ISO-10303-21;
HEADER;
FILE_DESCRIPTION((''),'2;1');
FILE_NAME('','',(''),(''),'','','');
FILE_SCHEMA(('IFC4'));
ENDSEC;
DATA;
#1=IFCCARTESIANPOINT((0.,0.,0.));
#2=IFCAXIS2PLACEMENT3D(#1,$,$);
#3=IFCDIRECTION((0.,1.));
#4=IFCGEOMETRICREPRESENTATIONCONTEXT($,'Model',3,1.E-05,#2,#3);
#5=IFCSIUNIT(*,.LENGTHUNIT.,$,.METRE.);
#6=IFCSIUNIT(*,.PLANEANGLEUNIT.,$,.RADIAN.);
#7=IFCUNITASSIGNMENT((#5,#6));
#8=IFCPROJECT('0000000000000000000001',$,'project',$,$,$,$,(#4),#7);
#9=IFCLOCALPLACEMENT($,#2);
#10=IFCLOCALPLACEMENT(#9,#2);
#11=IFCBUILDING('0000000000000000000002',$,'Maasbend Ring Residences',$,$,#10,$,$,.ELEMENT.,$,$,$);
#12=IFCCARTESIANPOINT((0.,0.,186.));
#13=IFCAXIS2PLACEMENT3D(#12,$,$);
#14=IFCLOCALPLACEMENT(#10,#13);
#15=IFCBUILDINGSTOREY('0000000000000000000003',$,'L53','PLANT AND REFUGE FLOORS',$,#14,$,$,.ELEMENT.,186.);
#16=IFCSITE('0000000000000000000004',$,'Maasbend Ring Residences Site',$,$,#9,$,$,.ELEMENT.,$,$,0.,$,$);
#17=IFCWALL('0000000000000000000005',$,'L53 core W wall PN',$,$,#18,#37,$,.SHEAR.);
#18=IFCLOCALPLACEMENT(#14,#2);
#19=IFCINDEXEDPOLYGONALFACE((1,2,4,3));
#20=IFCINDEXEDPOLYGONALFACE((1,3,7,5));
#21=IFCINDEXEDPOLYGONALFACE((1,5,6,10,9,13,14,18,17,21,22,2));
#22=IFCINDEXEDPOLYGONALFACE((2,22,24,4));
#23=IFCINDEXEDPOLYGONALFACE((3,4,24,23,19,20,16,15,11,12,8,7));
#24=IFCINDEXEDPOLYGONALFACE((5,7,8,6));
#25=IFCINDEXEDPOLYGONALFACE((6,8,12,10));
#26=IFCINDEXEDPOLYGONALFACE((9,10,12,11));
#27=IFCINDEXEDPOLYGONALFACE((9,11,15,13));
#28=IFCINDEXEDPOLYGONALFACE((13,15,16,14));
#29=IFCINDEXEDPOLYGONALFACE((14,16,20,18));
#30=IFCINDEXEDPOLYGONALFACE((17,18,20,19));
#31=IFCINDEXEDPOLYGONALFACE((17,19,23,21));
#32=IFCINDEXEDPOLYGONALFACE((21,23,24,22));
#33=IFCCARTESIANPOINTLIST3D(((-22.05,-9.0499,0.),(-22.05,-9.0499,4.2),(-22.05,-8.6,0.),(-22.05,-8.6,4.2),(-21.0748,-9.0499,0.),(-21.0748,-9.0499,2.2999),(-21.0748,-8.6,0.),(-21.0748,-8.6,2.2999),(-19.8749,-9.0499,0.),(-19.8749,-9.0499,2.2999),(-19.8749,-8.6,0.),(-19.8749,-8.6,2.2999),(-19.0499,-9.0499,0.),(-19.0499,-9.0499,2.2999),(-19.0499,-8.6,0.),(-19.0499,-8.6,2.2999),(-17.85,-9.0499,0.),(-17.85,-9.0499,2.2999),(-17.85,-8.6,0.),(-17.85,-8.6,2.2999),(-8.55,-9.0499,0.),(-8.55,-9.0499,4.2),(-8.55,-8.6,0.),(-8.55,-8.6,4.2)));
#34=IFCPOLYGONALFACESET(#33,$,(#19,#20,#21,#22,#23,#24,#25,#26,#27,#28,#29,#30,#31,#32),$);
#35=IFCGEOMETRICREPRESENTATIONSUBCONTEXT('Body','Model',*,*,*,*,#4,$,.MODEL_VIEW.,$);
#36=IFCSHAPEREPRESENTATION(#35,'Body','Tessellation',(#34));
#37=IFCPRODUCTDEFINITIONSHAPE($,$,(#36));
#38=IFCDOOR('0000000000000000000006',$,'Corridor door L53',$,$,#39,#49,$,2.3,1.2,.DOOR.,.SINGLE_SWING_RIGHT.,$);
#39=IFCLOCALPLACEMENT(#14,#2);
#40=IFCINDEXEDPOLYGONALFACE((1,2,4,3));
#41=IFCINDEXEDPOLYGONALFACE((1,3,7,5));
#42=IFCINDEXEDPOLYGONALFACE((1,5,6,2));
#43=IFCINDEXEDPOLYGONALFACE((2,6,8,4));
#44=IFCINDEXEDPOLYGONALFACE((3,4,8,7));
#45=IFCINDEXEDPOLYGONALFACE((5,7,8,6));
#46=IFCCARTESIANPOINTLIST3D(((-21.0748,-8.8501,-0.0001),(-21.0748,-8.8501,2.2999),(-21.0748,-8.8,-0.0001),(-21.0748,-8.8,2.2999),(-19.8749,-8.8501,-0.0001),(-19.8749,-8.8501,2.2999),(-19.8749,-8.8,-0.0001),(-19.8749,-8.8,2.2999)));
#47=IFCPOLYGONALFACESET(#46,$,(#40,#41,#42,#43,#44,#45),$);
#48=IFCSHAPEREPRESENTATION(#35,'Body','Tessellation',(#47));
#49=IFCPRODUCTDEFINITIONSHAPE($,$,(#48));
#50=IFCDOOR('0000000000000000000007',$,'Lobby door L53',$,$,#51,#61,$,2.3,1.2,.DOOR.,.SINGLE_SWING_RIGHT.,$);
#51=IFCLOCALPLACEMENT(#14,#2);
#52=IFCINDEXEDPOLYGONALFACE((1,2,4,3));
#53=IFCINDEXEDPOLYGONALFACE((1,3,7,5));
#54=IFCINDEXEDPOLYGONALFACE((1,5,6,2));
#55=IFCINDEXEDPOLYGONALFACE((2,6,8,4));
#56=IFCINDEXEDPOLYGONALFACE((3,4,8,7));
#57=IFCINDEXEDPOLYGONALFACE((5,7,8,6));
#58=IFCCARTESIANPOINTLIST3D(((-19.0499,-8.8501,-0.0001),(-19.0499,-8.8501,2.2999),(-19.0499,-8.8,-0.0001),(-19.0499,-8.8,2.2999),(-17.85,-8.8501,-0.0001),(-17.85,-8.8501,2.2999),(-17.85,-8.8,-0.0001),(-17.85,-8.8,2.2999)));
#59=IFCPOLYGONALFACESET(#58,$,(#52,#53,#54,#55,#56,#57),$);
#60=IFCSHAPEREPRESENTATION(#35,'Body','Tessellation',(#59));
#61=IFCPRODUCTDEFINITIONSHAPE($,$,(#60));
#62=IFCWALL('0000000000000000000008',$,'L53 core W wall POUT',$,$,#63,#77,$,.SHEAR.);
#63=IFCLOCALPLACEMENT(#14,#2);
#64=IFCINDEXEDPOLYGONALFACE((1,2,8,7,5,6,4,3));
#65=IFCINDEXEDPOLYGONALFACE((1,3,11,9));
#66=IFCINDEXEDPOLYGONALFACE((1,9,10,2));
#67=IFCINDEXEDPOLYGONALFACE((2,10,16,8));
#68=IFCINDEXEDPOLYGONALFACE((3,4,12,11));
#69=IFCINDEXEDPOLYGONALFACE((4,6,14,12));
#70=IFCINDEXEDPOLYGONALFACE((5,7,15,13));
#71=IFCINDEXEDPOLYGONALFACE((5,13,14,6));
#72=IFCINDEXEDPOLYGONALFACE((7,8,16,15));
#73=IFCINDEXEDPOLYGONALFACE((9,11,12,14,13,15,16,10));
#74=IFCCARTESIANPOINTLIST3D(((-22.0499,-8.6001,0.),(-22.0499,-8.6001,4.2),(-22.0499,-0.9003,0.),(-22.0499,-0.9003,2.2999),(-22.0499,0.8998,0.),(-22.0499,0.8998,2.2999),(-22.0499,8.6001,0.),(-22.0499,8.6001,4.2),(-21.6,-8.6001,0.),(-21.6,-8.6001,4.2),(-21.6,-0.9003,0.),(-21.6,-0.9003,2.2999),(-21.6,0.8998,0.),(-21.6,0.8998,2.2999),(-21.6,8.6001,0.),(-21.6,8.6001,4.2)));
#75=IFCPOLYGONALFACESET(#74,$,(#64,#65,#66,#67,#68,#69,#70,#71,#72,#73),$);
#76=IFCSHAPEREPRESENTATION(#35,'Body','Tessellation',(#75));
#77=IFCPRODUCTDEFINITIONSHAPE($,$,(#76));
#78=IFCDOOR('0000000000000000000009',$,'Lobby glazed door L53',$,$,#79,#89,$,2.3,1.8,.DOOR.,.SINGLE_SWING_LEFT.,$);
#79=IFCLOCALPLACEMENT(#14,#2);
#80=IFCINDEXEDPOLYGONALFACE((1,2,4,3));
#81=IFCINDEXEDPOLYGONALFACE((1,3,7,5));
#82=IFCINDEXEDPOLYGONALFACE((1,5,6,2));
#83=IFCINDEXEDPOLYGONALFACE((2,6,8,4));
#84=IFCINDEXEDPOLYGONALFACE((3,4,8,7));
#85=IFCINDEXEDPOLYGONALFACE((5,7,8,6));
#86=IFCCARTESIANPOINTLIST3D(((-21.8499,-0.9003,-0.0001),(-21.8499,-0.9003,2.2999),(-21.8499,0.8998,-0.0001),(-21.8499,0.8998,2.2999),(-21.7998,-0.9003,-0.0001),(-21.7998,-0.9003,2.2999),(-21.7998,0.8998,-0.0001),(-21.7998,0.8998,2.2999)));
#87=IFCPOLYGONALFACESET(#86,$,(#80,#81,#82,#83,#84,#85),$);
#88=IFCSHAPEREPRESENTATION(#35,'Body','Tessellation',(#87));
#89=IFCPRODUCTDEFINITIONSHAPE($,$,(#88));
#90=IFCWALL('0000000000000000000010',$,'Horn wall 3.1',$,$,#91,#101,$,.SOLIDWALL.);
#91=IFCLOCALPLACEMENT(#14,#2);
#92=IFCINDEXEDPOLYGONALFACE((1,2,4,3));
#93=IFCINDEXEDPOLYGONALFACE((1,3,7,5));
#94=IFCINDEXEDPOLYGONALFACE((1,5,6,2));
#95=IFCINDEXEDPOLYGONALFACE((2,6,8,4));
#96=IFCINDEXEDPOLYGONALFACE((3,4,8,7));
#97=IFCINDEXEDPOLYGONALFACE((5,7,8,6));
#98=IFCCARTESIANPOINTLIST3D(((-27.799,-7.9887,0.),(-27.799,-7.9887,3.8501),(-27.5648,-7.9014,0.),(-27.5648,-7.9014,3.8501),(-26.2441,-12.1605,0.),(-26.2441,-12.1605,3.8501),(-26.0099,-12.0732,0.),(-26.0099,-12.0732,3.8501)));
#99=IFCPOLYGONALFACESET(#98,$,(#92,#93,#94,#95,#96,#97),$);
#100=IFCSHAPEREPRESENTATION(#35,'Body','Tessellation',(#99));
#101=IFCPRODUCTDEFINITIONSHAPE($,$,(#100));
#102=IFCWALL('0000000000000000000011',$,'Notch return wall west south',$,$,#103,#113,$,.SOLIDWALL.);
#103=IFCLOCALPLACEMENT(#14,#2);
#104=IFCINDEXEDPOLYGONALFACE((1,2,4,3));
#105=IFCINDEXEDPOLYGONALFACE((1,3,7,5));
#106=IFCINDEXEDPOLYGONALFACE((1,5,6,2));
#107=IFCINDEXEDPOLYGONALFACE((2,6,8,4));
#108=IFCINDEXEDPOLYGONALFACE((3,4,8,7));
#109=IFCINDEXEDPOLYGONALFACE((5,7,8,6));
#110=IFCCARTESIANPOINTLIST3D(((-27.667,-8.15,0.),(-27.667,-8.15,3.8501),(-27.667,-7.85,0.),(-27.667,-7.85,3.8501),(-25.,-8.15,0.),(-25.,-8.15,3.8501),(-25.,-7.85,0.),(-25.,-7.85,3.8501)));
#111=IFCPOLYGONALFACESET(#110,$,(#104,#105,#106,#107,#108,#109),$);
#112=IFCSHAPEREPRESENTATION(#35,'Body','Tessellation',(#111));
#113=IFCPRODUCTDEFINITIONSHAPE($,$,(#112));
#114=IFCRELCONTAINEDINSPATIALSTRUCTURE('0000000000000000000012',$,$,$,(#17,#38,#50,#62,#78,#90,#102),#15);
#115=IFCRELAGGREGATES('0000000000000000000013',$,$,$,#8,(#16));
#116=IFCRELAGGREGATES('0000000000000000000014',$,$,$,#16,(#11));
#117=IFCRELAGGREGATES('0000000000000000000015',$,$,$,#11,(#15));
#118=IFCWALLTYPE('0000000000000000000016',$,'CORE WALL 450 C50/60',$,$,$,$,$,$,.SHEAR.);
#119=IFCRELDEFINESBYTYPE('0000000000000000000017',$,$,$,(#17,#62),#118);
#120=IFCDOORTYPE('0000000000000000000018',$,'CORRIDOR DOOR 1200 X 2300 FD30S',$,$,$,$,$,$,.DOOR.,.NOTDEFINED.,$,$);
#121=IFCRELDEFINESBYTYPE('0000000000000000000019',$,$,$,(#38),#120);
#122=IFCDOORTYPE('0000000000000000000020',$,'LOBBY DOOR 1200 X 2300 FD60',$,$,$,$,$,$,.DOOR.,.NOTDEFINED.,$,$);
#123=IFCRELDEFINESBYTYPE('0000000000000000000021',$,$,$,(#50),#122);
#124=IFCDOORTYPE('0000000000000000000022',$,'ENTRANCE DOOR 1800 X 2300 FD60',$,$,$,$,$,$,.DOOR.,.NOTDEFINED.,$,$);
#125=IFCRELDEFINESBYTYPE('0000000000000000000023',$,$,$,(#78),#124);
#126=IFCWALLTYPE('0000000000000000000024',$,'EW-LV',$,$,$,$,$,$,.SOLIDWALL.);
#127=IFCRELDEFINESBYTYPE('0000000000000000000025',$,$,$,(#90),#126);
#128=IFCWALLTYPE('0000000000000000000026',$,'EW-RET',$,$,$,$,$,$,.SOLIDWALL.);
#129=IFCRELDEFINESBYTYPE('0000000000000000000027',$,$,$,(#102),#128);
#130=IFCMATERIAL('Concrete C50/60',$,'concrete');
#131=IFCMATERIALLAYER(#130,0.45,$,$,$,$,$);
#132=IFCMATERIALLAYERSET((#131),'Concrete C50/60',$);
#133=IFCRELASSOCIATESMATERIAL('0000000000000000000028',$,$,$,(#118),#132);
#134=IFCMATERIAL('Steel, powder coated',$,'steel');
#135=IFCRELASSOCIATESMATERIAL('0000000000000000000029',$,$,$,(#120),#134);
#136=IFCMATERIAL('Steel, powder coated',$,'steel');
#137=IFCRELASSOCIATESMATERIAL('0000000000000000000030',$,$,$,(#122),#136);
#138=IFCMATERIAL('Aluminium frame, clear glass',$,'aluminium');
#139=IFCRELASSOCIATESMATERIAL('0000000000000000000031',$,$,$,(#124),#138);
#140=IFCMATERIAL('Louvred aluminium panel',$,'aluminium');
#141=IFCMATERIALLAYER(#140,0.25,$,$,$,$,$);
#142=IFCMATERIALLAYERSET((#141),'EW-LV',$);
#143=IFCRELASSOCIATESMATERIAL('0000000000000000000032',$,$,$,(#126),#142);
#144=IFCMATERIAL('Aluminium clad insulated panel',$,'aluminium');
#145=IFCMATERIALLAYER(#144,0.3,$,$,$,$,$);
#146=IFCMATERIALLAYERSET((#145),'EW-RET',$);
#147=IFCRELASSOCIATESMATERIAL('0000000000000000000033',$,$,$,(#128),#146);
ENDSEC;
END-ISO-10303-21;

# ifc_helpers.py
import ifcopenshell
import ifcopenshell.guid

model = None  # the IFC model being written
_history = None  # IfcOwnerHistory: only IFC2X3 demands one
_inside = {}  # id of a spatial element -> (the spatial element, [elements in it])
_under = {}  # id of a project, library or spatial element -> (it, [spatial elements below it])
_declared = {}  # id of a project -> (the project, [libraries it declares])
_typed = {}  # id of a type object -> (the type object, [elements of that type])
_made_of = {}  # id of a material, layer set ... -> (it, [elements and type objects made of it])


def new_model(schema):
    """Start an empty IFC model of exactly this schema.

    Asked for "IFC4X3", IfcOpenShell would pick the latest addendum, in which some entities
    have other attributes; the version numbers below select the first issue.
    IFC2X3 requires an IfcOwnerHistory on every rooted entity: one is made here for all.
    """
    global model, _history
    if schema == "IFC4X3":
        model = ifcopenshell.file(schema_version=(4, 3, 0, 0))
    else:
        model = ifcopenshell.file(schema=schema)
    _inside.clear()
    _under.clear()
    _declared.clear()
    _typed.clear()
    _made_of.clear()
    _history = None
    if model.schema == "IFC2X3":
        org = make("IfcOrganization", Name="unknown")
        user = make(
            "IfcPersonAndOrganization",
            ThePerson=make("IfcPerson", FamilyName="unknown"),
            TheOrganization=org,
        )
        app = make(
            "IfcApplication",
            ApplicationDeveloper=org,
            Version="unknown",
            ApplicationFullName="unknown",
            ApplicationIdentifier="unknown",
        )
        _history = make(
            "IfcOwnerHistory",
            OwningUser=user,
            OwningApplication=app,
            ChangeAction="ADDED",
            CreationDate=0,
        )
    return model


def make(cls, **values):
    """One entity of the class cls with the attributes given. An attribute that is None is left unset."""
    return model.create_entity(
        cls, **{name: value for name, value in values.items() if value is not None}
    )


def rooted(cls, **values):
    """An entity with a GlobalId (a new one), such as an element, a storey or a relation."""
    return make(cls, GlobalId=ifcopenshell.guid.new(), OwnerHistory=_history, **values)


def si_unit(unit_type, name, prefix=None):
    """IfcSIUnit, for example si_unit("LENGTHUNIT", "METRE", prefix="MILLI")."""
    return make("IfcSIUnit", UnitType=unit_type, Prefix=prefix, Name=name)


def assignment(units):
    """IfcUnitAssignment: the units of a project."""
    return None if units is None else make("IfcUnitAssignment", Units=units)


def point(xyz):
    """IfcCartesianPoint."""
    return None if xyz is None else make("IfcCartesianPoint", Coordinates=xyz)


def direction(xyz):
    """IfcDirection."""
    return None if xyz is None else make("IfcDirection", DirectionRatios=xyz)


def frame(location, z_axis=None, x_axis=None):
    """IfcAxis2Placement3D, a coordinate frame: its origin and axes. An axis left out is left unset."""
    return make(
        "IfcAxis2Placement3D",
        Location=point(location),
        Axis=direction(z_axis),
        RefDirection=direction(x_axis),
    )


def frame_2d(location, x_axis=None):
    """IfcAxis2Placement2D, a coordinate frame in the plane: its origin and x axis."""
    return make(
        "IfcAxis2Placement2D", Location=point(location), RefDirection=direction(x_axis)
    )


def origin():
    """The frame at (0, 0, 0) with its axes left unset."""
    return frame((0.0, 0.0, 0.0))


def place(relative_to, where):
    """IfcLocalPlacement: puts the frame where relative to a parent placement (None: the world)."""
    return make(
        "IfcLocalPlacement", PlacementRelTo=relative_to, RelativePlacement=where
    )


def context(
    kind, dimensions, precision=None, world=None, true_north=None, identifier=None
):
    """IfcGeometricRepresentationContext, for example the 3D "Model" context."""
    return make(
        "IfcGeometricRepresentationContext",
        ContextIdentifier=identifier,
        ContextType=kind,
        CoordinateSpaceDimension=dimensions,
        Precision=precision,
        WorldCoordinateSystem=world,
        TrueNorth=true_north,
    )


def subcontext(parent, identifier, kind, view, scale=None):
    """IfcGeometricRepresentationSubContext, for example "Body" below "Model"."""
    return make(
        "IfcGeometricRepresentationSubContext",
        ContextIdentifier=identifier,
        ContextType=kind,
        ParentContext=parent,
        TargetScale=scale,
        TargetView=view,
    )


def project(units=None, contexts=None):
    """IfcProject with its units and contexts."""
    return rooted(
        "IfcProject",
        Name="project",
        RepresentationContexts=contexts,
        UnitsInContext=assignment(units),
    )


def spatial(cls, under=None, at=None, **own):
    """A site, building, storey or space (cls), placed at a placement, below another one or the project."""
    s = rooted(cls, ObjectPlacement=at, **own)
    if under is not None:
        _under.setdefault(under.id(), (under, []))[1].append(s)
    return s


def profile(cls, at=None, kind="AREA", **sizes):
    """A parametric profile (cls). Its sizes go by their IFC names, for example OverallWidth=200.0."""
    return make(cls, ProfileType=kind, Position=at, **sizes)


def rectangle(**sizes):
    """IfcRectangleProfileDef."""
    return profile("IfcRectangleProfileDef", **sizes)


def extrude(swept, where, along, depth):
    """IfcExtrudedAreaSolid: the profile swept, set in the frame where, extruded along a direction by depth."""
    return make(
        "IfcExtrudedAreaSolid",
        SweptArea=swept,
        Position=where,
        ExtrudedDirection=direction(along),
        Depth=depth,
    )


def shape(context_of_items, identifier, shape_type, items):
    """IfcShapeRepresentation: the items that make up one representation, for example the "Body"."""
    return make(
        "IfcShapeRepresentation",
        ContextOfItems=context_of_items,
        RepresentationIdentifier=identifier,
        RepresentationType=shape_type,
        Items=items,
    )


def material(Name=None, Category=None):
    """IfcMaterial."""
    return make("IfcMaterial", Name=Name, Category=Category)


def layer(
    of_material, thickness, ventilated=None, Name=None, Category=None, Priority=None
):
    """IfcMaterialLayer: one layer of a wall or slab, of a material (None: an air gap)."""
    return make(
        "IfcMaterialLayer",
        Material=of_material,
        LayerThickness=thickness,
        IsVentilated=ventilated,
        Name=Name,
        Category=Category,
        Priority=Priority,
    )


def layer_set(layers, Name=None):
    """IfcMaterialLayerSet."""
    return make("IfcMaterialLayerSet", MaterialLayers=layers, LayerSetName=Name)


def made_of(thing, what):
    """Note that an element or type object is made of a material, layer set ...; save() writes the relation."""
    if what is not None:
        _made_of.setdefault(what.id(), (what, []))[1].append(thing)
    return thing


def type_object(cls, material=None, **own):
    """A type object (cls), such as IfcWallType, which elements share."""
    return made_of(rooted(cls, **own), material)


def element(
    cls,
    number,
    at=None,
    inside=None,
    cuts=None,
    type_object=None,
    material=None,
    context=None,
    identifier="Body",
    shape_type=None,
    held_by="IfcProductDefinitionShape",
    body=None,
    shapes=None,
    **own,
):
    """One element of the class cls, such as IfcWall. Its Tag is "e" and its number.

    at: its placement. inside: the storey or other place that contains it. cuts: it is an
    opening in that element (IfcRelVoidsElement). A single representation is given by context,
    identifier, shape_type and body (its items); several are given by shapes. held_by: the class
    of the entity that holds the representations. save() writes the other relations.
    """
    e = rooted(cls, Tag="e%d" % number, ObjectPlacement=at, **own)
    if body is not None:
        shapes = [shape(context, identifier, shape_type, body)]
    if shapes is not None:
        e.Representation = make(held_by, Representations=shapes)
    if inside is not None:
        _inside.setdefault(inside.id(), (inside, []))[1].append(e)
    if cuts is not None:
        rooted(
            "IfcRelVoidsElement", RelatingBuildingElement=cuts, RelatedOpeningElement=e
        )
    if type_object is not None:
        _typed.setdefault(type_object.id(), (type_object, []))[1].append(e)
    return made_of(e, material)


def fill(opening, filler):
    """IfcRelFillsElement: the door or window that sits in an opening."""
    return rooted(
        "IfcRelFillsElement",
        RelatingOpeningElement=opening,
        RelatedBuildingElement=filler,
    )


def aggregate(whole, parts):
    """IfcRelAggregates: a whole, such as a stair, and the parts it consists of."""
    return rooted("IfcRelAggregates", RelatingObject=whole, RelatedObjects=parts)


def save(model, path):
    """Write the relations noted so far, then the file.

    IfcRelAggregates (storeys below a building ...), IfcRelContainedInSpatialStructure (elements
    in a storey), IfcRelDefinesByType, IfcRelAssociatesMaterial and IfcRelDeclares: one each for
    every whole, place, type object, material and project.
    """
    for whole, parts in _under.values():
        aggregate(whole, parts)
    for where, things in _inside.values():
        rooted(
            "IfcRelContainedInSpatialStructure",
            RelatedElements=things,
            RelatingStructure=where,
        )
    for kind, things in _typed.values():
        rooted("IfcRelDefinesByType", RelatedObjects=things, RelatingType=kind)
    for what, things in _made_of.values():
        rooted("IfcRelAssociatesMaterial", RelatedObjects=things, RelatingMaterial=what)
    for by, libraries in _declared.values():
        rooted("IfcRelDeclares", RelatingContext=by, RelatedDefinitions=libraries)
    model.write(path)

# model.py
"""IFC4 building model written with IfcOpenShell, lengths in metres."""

from ifc_helpers import new_model, si_unit, direction, frame, frame_2d, origin, place, context, subcontext, project, spatial, rectangle, extrude, material, layer, layer_set, type_object, element, fill, save


model = new_model("IFC4")

# Units and contexts
model_context = context("Model", 3, precision=1e-05, world=origin(), true_north=direction((0.0, 1.0)))
body_context = subcontext(model_context, "Body", "Model", "MODEL_VIEW")
ifc_project = project(units=[si_unit("LENGTHUNIT", "METRE"), si_unit("PLANEANGLEUNIT", "RADIAN")], contexts=[model_context])

# Site, building, storey
site_placement = place(None, origin())
site = spatial("IfcSite", under=ifc_project, at=site_placement, Name="Maasbend Ring Residences Site", CompositionType="ELEMENT", RefElevation=0.0)
building_placement = place(site_placement, origin())
building = spatial("IfcBuilding", under=site, at=building_placement, Name="Maasbend Ring Residences", CompositionType="ELEMENT")
storey_placement = place(building_placement, frame((0.0, 0.0, 186.0)))
storey = spatial("IfcBuildingStorey", under=building, at=storey_placement, Name="L53", Description="PLANT AND REFUGE FLOORS", CompositionType="ELEMENT", Elevation=186.0)

# Wall, openings, doors
ifc_material_1 = material(Name="Concrete C50/60", Category="concrete")
ifc_layer_1 = layer(ifc_material_1, 0.45)
ifc_layer_set_1 = layer_set([ifc_layer_1], Name="Concrete C50/60")
wall_type_1 = type_object("IfcWallType", Name="CORE WALL 450 C50/60", PredefinedType="SHEAR", material=ifc_layer_set_1)
wall_1_placement = place(storey_placement, frame((-22.05, -8.825, 0.0), z_axis=(0.0, 0.0, 1.0), x_axis=(1.0, 0.0, 0.0)))
wall_1 = element("IfcWall", 1, at=wall_1_placement, inside=storey, type_object=wall_type_1, Name="L53 core W wall PN", PredefinedType="SHEAR", context=body_context, shape_type="SweptSolid", body=[
    extrude(rectangle(XDim=13.5, YDim=0.45, at=frame_2d((6.75, 0.0))), origin(), (0.0, 0.0, 1.0), 4.2),
])
opening_1_placement = place(wall_1_placement, frame((0.9751, 0.0, 0.0)))
opening_1 = element("IfcOpeningElement", 2, at=opening_1_placement, cuts=wall_1, PredefinedType="OPENING", context=body_context, shape_type="SweptSolid", body=[
    extrude(rectangle(XDim=1.2, YDim=2.3, at=frame_2d((0.6001, 1.1499))), frame((0.0, 0.2349, 0.0), z_axis=(0.0, -1.0, 0.0), x_axis=(1.0, 0.0, 0.0)), (0.0, 0.0, 1.0), 0.47),
])
opening_2_placement = place(wall_1_placement, frame((3.0, 0.0, 0.0)))
opening_2 = element("IfcOpeningElement", 3, at=opening_2_placement, cuts=wall_1, PredefinedType="OPENING", context=body_context, shape_type="SweptSolid", body=[
    extrude(rectangle(XDim=1.2, YDim=2.3, at=frame_2d((0.6001, 1.1499))), frame((0.0, 0.2349, 0.0), z_axis=(0.0, -1.0, 0.0), x_axis=(1.0, 0.0, 0.0)), (0.0, 0.0, 1.0), 0.47),
])
ifc_material_2 = material(Name="Steel, powder coated", Category="steel")
door_type_1 = type_object("IfcDoorType", Name="CORRIDOR DOOR 1200 X 2300 FD30S", OperationType="NOTDEFINED", PredefinedType="DOOR", material=ifc_material_2)
door_1_placement = place(opening_1_placement, origin())
door_1 = element("IfcDoor", 4, at=door_1_placement, inside=storey, type_object=door_type_1, Name="Corridor door L53", OperationType="SINGLE_SWING_RIGHT", OverallHeight=2.3, OverallWidth=1.2, PredefinedType="DOOR", context=body_context, shape_type="SweptSolid", body=[
    extrude(rectangle(XDim=1.2, YDim=2.3, at=frame_2d((0.6001, 1.1499))), frame((0.0, 0.0249, 0.0), z_axis=(0.0, -1.0, 0.0), x_axis=(1.0, 0.0, 0.0)), (0.0, 0.0, 1.0), 0.05),
])
fill(opening_1, door_1)
ifc_material_3 = material(Name="Steel, powder coated", Category="steel")
door_type_2 = type_object("IfcDoorType", Name="LOBBY DOOR 1200 X 2300 FD60", OperationType="NOTDEFINED", PredefinedType="DOOR", material=ifc_material_3)
door_2_placement = place(opening_2_placement, origin())
door_2 = element("IfcDoor", 5, at=door_2_placement, inside=storey, type_object=door_type_2, Name="Lobby door L53", OperationType="SINGLE_SWING_RIGHT", OverallHeight=2.3, OverallWidth=1.2, PredefinedType="DOOR", context=body_context, shape_type="SweptSolid", body=[
    extrude(rectangle(XDim=1.2, YDim=2.3, at=frame_2d((0.6001, 1.1499))), frame((0.0, 0.0249, 0.0), z_axis=(0.0, -1.0, 0.0), x_axis=(1.0, 0.0, 0.0)), (0.0, 0.0, 1.0), 0.05),
])
fill(opening_2, door_2)

# Wall, opening, door
wall_2_placement = place(storey_placement, frame((-21.825, -8.6001, 0.0), z_axis=(0.0, 0.0, 1.0), x_axis=(0.0, 1.0, 0.0)))
wall_2 = element("IfcWall", 6, at=wall_2_placement, inside=storey, type_object=wall_type_1, Name="L53 core W wall POUT", PredefinedType="SHEAR", context=body_context, shape_type="SweptSolid", body=[
    extrude(rectangle(XDim=17.2002, YDim=0.45, at=frame_2d((8.6001, 0.0))), origin(), (0.0, 0.0, 1.0), 4.2),
])
opening_3_placement = place(wall_2_placement, frame((7.7, 0.0, 0.0)))
opening_3 = element("IfcOpeningElement", 7, at=opening_3_placement, cuts=wall_2, PredefinedType="OPENING", context=body_context, shape_type="SweptSolid", body=[
    extrude(rectangle(XDim=1.8, YDim=2.3, at=frame_2d((0.8999, 1.1499))), frame((0.0, 0.2349, 0.0), z_axis=(0.0, -1.0, 0.0), x_axis=(1.0, 0.0, 0.0)), (0.0, 0.0, 1.0), 0.47),
])
ifc_material_4 = material(Name="Aluminium frame, clear glass", Category="aluminium")
door_type_3 = type_object("IfcDoorType", Name="ENTRANCE DOOR 1800 X 2300 FD60", OperationType="NOTDEFINED", PredefinedType="DOOR", material=ifc_material_4)
door_3_placement = place(opening_3_placement, origin())
door_3 = element("IfcDoor", 8, at=door_3_placement, inside=storey, type_object=door_type_3, Name="Lobby glazed door L53", OperationType="SINGLE_SWING_LEFT", OverallHeight=2.3, OverallWidth=1.8, PredefinedType="DOOR", context=body_context, shape_type="SweptSolid", body=[
    extrude(rectangle(XDim=1.8, YDim=2.3, at=frame_2d((0.8999, 1.1499))), frame((0.0, 0.0249, 0.0), z_axis=(0.0, -1.0, 0.0), x_axis=(1.0, 0.0, 0.0)), (0.0, 0.0, 1.0), 0.05),
])
fill(opening_3, door_3)

# Walls
ifc_material_5 = material(Name="Louvred aluminium panel", Category="aluminium")
ifc_layer_2 = layer(ifc_material_5, 0.25)
ifc_layer_set_2 = layer_set([ifc_layer_2], Name="EW-LV")
wall_type_2 = type_object("IfcWallType", Name="EW-LV", PredefinedType="SOLIDWALL", material=ifc_layer_set_2)
wall_3_placement = place(storey_placement, frame((-27.6819, -7.9451, 0.0), z_axis=(0.0, 0.0, 1.0), x_axis=(0.349248, -0.93703, 0.0)))
element("IfcWall", 9, at=wall_3_placement, inside=storey, type_object=wall_type_2, Name="Horn wall 3.1", PredefinedType="SOLIDWALL", context=body_context, shape_type="SweptSolid", body=[
    extrude(rectangle(XDim=4.4521, YDim=0.25, at=frame_2d((2.2261, 0.0))), origin(), (0.0, 0.0, 1.0), 3.8501),
])
ifc_material_6 = material(Name="Aluminium clad insulated panel", Category="aluminium")
ifc_layer_3 = layer(ifc_material_6, 0.3)
ifc_layer_set_3 = layer_set([ifc_layer_3], Name="EW-RET")
wall_type_3 = type_object("IfcWallType", Name="EW-RET", PredefinedType="SOLIDWALL", material=ifc_layer_set_3)
wall_4_placement = place(storey_placement, frame((-25.0, -8.0, 0.0), z_axis=(0.0, 0.0, 1.0), x_axis=(-1.0, 0.0, 0.0)))
element("IfcWall", 10, at=wall_4_placement, inside=storey, type_object=wall_type_3, Name="Notch return wall west south", PredefinedType="SOLIDWALL", context=body_context, shape_type="SweptSolid", body=[
    extrude(rectangle(XDim=2.667, YDim=0.3, at=frame_2d((1.3335, 0.0))), origin(), (0.0, 0.0, 1.0), 3.8501),
])

save(model, "model.ifc")
